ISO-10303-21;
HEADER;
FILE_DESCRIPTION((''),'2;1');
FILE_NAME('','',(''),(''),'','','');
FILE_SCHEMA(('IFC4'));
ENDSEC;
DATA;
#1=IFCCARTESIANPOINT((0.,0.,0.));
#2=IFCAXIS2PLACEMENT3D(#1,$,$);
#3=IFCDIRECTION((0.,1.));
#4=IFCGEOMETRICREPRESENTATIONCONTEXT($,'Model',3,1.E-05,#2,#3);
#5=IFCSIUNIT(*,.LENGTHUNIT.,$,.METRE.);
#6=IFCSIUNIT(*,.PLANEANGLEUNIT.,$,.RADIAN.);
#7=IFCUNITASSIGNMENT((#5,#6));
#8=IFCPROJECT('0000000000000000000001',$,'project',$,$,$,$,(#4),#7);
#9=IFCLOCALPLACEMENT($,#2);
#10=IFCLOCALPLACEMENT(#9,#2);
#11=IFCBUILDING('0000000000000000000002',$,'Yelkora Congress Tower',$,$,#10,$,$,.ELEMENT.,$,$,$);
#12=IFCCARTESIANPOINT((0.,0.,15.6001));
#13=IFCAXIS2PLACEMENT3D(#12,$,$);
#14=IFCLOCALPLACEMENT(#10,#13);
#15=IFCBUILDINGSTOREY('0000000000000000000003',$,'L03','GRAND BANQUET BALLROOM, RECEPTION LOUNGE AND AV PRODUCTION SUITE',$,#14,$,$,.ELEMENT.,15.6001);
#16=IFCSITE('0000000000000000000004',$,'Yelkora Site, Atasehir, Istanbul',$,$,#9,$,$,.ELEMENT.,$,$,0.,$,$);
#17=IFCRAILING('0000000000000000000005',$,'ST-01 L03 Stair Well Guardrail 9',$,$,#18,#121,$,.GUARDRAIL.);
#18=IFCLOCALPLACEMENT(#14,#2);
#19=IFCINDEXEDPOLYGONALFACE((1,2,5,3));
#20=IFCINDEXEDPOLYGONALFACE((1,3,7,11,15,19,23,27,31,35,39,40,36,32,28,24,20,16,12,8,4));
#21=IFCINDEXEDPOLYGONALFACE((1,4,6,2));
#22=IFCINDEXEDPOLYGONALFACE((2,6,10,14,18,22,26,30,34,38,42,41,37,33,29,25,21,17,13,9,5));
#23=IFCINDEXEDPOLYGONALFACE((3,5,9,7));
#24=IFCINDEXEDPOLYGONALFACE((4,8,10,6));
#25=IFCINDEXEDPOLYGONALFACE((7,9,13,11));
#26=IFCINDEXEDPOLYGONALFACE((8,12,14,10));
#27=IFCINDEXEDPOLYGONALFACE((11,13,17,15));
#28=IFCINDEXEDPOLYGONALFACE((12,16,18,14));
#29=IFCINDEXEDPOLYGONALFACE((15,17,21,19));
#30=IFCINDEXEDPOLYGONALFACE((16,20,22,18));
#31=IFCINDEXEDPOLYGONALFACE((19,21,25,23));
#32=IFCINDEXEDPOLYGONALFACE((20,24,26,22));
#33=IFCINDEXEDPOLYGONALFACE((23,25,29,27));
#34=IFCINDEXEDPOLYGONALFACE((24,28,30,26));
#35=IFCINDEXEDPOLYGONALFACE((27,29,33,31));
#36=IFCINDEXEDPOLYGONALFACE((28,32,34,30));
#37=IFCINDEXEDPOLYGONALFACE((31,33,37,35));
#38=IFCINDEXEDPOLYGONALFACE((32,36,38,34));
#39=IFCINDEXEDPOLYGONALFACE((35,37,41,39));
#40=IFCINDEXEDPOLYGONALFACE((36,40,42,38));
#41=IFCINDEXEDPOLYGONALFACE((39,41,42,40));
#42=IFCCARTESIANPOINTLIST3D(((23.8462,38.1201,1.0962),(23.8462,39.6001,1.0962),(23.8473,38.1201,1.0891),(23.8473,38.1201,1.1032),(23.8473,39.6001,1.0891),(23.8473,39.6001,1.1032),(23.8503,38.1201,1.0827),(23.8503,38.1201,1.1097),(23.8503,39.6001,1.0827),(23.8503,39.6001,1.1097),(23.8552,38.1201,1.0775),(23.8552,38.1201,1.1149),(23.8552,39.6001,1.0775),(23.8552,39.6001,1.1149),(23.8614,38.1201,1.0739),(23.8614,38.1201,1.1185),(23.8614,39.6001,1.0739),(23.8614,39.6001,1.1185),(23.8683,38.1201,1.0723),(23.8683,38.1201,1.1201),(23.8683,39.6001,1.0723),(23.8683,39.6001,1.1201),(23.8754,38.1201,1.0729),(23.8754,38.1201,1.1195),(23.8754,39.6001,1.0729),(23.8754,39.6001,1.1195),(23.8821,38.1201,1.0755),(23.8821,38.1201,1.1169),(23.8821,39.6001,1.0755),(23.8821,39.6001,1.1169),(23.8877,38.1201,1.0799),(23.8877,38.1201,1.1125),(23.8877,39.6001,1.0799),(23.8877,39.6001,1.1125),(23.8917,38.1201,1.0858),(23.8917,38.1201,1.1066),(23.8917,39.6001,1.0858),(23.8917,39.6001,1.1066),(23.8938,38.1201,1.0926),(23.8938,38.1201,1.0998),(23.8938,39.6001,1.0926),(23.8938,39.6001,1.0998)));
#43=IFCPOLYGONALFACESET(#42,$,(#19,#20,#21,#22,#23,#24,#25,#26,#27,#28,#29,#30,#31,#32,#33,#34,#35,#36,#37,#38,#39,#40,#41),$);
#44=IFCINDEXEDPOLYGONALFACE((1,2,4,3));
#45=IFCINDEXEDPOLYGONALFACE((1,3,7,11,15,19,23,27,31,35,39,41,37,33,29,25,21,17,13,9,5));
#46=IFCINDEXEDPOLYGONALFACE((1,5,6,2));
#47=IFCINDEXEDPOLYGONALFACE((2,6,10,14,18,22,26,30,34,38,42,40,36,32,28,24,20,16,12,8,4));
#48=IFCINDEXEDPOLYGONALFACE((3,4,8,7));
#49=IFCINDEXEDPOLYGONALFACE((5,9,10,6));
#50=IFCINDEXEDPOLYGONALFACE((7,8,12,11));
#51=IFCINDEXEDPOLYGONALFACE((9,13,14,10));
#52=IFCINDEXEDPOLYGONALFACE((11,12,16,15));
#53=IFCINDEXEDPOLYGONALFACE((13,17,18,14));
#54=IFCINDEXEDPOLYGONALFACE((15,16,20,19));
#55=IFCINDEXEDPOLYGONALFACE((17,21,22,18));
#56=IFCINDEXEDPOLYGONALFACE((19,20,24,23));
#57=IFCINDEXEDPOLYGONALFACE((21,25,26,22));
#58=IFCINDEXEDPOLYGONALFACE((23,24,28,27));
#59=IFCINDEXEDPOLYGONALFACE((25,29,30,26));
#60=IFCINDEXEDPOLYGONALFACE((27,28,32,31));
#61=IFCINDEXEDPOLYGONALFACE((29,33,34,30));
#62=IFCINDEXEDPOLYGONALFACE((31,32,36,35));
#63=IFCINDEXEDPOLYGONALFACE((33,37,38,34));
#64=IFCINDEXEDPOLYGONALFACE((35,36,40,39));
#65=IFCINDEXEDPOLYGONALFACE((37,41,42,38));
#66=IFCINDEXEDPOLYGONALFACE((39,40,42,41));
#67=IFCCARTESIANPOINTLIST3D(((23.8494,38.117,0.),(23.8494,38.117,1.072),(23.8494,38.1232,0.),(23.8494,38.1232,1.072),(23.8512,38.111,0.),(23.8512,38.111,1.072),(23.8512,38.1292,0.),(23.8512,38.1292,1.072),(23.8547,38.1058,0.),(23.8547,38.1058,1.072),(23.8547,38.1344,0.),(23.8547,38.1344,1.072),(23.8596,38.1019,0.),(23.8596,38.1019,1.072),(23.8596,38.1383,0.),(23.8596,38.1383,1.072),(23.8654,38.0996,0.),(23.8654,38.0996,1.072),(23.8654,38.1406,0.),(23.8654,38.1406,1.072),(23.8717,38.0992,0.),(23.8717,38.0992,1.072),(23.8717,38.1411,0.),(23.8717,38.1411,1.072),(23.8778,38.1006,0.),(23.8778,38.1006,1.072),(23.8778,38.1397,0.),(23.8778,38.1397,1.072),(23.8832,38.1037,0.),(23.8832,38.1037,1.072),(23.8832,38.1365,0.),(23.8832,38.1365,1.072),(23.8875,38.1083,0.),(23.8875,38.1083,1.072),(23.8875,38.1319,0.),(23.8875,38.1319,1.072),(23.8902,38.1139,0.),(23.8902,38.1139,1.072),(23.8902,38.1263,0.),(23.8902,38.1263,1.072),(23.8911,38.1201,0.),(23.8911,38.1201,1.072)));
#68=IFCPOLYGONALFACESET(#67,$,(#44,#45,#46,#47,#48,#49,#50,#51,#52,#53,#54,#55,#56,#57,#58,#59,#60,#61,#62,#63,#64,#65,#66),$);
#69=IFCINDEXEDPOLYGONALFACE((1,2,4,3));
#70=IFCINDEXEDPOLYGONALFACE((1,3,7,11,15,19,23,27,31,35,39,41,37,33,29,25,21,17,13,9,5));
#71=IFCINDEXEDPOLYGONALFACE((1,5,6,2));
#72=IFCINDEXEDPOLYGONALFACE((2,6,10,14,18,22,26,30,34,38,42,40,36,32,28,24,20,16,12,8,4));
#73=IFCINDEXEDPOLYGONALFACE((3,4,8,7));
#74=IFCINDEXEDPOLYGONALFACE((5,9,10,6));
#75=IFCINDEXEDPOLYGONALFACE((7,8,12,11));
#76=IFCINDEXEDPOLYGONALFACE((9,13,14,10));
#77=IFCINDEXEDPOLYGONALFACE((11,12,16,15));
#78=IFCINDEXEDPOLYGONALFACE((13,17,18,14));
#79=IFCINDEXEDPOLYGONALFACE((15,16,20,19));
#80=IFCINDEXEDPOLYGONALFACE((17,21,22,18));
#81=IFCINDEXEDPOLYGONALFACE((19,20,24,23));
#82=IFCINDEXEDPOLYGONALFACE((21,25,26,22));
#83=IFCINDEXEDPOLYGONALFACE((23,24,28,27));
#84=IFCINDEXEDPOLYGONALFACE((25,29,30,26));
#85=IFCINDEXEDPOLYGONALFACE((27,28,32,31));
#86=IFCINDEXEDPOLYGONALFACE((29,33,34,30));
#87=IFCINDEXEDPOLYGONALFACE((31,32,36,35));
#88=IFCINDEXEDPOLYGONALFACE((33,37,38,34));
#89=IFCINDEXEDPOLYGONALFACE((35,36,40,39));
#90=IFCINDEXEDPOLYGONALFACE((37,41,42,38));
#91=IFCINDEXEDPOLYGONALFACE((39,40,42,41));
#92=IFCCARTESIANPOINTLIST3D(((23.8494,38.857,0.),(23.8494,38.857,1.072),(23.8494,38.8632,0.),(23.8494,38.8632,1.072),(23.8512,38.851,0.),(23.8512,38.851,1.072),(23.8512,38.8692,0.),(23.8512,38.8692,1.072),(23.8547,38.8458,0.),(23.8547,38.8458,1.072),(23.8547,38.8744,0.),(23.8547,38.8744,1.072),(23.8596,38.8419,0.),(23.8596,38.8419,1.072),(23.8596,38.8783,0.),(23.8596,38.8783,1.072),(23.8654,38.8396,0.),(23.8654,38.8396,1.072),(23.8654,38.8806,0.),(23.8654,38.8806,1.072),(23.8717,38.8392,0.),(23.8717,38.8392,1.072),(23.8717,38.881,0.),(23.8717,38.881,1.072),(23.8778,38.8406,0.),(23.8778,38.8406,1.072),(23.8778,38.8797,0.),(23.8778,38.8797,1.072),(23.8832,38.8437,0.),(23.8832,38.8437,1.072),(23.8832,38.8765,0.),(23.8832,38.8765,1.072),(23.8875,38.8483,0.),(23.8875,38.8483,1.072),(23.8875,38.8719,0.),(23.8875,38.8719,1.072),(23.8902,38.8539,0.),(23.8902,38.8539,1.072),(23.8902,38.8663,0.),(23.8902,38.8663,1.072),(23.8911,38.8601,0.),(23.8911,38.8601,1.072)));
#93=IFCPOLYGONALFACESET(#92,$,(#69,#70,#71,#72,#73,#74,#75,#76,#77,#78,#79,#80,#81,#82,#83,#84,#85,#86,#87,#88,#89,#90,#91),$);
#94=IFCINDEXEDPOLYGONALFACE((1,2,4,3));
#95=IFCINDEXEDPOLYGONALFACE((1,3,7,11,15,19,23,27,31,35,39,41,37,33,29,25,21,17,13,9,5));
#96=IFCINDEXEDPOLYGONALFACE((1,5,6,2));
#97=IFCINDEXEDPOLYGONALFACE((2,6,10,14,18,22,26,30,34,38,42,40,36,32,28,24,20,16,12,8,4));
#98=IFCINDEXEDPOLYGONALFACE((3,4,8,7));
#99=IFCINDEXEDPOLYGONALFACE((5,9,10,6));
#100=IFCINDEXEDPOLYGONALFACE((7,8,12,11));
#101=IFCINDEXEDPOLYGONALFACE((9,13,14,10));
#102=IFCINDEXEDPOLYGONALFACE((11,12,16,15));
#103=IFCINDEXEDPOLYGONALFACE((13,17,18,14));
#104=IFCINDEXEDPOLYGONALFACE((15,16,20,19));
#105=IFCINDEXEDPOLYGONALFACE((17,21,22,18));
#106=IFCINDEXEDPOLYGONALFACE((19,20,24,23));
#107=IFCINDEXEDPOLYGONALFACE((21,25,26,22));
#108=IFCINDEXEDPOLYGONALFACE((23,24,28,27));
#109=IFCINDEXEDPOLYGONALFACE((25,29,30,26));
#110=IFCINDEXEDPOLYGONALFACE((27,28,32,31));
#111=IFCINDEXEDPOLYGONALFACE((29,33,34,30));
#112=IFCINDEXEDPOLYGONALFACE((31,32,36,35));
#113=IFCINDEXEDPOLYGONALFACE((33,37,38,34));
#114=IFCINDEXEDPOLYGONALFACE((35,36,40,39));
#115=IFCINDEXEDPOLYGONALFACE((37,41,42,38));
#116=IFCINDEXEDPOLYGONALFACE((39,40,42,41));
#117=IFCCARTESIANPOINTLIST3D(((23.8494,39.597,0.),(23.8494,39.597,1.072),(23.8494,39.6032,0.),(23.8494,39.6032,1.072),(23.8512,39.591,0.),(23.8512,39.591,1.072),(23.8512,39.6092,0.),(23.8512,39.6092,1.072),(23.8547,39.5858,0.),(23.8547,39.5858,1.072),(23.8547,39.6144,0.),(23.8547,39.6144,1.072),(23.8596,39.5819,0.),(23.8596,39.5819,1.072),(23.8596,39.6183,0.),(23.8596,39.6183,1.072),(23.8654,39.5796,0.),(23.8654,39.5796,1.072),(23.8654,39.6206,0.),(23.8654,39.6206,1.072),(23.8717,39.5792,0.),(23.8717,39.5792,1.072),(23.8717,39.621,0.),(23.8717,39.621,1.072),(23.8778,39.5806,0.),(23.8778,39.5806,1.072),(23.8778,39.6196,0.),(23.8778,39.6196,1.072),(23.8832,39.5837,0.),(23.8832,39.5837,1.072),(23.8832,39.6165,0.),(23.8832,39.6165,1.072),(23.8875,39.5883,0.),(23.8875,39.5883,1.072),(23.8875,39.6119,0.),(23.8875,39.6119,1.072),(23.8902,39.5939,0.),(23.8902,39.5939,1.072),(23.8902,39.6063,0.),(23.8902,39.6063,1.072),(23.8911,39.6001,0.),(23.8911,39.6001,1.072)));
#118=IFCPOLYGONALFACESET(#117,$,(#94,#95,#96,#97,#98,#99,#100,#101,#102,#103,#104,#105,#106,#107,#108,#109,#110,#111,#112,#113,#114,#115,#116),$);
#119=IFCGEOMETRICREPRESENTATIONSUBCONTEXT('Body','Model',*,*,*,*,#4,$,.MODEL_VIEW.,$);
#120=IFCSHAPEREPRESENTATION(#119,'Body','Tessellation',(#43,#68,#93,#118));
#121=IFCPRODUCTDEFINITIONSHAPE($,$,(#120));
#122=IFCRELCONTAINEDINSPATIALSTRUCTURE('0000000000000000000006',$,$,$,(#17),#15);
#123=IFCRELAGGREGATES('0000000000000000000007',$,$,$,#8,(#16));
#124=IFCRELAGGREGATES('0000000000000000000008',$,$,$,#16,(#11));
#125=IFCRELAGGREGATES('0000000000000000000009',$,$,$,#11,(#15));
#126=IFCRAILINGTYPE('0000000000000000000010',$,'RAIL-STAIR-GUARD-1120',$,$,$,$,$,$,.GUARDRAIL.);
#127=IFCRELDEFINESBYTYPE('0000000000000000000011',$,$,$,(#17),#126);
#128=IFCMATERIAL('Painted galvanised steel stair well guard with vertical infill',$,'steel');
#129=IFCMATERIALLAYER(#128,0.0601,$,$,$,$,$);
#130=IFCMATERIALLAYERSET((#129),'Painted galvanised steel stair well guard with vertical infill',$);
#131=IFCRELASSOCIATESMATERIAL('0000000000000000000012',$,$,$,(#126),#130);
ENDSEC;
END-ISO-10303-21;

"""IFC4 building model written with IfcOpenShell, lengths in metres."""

from ifc_helpers import new_model, si_unit, direction, frame, origin, origin_2d, place, context, subcontext, project, spatial, circle, extrude, material, layer, layer_set, type_object, element, save


model = new_model("IFC4")

# Units and contexts
model_context = context("Model", 3, precision=1e-05, world=origin(), true_north=direction((0.0, 1.0)))
body_context = subcontext(model_context, "Body", "Model", "MODEL_VIEW")
ifc_project = project(units=[si_unit("LENGTHUNIT", "METRE"), si_unit("PLANEANGLEUNIT", "RADIAN")], contexts=[model_context])

# Site, building, storey
site_placement = place(None, origin())
site = spatial("IfcSite", under=ifc_project, at=site_placement, Name="Yelkora Site, Atasehir, Istanbul", CompositionType="ELEMENT", RefElevation=0.0)
building_placement = place(site_placement, origin())
building = spatial("IfcBuilding", under=site, at=building_placement, Name="Yelkora Congress Tower", CompositionType="ELEMENT")
storey_placement = place(building_placement, frame((0.0, 0.0, 15.6001)))
storey = spatial("IfcBuildingStorey", under=building, at=storey_placement, Name="L03", Description="GRAND BANQUET BALLROOM, RECEPTION LOUNGE AND AV PRODUCTION SUITE", CompositionType="ELEMENT", Elevation=15.6001)

# Railing
ifc_material_1 = material(Name="Painted galvanised steel stair well guard with vertical infill", Category="steel")
ifc_layer_1 = layer(ifc_material_1, 0.0601)
ifc_layer_set_1 = layer_set([ifc_layer_1], Name="Painted galvanised steel stair well guard with vertical infill")
railing_type = type_object("IfcRailingType", Name="RAIL-STAIR-GUARD-1120", PredefinedType="GUARDRAIL", material=ifc_layer_set_1)
for number, where, name in (
    (1, (23.8701, 38.1201, 0.0), "ST-01 L03 Stair Well Guardrail 9"),
):
    element("IfcRailing", number, at=place(storey_placement, frame(where)), inside=storey, type_object=railing_type, Name=name, PredefinedType="GUARDRAIL", context=body_context, shape_type="SweptSolid", body=[
        extrude(circle(Radius=0.0239, at=origin_2d()), frame((0.0, 0.0, 1.0962), z_axis=(0.0, 1.0, 0.0), x_axis=(-1.0, 0.0, 0.0)), (0.0, 0.0, 1.0), 1.48),
        extrude(circle(Radius=0.021, at=origin_2d()), origin(), (0.0, 0.0, 1.0), 1.072),
        extrude(circle(Radius=0.021, at=origin_2d()), frame((0.0, 0.74, 0.0)), (0.0, 0.0, 1.0), 1.072),
        extrude(circle(Radius=0.021, at=origin_2d()), frame((0.0, 1.48, 0.0)), (0.0, 0.0, 1.0), 1.072),
    ])

save(model, "model.ifc")
